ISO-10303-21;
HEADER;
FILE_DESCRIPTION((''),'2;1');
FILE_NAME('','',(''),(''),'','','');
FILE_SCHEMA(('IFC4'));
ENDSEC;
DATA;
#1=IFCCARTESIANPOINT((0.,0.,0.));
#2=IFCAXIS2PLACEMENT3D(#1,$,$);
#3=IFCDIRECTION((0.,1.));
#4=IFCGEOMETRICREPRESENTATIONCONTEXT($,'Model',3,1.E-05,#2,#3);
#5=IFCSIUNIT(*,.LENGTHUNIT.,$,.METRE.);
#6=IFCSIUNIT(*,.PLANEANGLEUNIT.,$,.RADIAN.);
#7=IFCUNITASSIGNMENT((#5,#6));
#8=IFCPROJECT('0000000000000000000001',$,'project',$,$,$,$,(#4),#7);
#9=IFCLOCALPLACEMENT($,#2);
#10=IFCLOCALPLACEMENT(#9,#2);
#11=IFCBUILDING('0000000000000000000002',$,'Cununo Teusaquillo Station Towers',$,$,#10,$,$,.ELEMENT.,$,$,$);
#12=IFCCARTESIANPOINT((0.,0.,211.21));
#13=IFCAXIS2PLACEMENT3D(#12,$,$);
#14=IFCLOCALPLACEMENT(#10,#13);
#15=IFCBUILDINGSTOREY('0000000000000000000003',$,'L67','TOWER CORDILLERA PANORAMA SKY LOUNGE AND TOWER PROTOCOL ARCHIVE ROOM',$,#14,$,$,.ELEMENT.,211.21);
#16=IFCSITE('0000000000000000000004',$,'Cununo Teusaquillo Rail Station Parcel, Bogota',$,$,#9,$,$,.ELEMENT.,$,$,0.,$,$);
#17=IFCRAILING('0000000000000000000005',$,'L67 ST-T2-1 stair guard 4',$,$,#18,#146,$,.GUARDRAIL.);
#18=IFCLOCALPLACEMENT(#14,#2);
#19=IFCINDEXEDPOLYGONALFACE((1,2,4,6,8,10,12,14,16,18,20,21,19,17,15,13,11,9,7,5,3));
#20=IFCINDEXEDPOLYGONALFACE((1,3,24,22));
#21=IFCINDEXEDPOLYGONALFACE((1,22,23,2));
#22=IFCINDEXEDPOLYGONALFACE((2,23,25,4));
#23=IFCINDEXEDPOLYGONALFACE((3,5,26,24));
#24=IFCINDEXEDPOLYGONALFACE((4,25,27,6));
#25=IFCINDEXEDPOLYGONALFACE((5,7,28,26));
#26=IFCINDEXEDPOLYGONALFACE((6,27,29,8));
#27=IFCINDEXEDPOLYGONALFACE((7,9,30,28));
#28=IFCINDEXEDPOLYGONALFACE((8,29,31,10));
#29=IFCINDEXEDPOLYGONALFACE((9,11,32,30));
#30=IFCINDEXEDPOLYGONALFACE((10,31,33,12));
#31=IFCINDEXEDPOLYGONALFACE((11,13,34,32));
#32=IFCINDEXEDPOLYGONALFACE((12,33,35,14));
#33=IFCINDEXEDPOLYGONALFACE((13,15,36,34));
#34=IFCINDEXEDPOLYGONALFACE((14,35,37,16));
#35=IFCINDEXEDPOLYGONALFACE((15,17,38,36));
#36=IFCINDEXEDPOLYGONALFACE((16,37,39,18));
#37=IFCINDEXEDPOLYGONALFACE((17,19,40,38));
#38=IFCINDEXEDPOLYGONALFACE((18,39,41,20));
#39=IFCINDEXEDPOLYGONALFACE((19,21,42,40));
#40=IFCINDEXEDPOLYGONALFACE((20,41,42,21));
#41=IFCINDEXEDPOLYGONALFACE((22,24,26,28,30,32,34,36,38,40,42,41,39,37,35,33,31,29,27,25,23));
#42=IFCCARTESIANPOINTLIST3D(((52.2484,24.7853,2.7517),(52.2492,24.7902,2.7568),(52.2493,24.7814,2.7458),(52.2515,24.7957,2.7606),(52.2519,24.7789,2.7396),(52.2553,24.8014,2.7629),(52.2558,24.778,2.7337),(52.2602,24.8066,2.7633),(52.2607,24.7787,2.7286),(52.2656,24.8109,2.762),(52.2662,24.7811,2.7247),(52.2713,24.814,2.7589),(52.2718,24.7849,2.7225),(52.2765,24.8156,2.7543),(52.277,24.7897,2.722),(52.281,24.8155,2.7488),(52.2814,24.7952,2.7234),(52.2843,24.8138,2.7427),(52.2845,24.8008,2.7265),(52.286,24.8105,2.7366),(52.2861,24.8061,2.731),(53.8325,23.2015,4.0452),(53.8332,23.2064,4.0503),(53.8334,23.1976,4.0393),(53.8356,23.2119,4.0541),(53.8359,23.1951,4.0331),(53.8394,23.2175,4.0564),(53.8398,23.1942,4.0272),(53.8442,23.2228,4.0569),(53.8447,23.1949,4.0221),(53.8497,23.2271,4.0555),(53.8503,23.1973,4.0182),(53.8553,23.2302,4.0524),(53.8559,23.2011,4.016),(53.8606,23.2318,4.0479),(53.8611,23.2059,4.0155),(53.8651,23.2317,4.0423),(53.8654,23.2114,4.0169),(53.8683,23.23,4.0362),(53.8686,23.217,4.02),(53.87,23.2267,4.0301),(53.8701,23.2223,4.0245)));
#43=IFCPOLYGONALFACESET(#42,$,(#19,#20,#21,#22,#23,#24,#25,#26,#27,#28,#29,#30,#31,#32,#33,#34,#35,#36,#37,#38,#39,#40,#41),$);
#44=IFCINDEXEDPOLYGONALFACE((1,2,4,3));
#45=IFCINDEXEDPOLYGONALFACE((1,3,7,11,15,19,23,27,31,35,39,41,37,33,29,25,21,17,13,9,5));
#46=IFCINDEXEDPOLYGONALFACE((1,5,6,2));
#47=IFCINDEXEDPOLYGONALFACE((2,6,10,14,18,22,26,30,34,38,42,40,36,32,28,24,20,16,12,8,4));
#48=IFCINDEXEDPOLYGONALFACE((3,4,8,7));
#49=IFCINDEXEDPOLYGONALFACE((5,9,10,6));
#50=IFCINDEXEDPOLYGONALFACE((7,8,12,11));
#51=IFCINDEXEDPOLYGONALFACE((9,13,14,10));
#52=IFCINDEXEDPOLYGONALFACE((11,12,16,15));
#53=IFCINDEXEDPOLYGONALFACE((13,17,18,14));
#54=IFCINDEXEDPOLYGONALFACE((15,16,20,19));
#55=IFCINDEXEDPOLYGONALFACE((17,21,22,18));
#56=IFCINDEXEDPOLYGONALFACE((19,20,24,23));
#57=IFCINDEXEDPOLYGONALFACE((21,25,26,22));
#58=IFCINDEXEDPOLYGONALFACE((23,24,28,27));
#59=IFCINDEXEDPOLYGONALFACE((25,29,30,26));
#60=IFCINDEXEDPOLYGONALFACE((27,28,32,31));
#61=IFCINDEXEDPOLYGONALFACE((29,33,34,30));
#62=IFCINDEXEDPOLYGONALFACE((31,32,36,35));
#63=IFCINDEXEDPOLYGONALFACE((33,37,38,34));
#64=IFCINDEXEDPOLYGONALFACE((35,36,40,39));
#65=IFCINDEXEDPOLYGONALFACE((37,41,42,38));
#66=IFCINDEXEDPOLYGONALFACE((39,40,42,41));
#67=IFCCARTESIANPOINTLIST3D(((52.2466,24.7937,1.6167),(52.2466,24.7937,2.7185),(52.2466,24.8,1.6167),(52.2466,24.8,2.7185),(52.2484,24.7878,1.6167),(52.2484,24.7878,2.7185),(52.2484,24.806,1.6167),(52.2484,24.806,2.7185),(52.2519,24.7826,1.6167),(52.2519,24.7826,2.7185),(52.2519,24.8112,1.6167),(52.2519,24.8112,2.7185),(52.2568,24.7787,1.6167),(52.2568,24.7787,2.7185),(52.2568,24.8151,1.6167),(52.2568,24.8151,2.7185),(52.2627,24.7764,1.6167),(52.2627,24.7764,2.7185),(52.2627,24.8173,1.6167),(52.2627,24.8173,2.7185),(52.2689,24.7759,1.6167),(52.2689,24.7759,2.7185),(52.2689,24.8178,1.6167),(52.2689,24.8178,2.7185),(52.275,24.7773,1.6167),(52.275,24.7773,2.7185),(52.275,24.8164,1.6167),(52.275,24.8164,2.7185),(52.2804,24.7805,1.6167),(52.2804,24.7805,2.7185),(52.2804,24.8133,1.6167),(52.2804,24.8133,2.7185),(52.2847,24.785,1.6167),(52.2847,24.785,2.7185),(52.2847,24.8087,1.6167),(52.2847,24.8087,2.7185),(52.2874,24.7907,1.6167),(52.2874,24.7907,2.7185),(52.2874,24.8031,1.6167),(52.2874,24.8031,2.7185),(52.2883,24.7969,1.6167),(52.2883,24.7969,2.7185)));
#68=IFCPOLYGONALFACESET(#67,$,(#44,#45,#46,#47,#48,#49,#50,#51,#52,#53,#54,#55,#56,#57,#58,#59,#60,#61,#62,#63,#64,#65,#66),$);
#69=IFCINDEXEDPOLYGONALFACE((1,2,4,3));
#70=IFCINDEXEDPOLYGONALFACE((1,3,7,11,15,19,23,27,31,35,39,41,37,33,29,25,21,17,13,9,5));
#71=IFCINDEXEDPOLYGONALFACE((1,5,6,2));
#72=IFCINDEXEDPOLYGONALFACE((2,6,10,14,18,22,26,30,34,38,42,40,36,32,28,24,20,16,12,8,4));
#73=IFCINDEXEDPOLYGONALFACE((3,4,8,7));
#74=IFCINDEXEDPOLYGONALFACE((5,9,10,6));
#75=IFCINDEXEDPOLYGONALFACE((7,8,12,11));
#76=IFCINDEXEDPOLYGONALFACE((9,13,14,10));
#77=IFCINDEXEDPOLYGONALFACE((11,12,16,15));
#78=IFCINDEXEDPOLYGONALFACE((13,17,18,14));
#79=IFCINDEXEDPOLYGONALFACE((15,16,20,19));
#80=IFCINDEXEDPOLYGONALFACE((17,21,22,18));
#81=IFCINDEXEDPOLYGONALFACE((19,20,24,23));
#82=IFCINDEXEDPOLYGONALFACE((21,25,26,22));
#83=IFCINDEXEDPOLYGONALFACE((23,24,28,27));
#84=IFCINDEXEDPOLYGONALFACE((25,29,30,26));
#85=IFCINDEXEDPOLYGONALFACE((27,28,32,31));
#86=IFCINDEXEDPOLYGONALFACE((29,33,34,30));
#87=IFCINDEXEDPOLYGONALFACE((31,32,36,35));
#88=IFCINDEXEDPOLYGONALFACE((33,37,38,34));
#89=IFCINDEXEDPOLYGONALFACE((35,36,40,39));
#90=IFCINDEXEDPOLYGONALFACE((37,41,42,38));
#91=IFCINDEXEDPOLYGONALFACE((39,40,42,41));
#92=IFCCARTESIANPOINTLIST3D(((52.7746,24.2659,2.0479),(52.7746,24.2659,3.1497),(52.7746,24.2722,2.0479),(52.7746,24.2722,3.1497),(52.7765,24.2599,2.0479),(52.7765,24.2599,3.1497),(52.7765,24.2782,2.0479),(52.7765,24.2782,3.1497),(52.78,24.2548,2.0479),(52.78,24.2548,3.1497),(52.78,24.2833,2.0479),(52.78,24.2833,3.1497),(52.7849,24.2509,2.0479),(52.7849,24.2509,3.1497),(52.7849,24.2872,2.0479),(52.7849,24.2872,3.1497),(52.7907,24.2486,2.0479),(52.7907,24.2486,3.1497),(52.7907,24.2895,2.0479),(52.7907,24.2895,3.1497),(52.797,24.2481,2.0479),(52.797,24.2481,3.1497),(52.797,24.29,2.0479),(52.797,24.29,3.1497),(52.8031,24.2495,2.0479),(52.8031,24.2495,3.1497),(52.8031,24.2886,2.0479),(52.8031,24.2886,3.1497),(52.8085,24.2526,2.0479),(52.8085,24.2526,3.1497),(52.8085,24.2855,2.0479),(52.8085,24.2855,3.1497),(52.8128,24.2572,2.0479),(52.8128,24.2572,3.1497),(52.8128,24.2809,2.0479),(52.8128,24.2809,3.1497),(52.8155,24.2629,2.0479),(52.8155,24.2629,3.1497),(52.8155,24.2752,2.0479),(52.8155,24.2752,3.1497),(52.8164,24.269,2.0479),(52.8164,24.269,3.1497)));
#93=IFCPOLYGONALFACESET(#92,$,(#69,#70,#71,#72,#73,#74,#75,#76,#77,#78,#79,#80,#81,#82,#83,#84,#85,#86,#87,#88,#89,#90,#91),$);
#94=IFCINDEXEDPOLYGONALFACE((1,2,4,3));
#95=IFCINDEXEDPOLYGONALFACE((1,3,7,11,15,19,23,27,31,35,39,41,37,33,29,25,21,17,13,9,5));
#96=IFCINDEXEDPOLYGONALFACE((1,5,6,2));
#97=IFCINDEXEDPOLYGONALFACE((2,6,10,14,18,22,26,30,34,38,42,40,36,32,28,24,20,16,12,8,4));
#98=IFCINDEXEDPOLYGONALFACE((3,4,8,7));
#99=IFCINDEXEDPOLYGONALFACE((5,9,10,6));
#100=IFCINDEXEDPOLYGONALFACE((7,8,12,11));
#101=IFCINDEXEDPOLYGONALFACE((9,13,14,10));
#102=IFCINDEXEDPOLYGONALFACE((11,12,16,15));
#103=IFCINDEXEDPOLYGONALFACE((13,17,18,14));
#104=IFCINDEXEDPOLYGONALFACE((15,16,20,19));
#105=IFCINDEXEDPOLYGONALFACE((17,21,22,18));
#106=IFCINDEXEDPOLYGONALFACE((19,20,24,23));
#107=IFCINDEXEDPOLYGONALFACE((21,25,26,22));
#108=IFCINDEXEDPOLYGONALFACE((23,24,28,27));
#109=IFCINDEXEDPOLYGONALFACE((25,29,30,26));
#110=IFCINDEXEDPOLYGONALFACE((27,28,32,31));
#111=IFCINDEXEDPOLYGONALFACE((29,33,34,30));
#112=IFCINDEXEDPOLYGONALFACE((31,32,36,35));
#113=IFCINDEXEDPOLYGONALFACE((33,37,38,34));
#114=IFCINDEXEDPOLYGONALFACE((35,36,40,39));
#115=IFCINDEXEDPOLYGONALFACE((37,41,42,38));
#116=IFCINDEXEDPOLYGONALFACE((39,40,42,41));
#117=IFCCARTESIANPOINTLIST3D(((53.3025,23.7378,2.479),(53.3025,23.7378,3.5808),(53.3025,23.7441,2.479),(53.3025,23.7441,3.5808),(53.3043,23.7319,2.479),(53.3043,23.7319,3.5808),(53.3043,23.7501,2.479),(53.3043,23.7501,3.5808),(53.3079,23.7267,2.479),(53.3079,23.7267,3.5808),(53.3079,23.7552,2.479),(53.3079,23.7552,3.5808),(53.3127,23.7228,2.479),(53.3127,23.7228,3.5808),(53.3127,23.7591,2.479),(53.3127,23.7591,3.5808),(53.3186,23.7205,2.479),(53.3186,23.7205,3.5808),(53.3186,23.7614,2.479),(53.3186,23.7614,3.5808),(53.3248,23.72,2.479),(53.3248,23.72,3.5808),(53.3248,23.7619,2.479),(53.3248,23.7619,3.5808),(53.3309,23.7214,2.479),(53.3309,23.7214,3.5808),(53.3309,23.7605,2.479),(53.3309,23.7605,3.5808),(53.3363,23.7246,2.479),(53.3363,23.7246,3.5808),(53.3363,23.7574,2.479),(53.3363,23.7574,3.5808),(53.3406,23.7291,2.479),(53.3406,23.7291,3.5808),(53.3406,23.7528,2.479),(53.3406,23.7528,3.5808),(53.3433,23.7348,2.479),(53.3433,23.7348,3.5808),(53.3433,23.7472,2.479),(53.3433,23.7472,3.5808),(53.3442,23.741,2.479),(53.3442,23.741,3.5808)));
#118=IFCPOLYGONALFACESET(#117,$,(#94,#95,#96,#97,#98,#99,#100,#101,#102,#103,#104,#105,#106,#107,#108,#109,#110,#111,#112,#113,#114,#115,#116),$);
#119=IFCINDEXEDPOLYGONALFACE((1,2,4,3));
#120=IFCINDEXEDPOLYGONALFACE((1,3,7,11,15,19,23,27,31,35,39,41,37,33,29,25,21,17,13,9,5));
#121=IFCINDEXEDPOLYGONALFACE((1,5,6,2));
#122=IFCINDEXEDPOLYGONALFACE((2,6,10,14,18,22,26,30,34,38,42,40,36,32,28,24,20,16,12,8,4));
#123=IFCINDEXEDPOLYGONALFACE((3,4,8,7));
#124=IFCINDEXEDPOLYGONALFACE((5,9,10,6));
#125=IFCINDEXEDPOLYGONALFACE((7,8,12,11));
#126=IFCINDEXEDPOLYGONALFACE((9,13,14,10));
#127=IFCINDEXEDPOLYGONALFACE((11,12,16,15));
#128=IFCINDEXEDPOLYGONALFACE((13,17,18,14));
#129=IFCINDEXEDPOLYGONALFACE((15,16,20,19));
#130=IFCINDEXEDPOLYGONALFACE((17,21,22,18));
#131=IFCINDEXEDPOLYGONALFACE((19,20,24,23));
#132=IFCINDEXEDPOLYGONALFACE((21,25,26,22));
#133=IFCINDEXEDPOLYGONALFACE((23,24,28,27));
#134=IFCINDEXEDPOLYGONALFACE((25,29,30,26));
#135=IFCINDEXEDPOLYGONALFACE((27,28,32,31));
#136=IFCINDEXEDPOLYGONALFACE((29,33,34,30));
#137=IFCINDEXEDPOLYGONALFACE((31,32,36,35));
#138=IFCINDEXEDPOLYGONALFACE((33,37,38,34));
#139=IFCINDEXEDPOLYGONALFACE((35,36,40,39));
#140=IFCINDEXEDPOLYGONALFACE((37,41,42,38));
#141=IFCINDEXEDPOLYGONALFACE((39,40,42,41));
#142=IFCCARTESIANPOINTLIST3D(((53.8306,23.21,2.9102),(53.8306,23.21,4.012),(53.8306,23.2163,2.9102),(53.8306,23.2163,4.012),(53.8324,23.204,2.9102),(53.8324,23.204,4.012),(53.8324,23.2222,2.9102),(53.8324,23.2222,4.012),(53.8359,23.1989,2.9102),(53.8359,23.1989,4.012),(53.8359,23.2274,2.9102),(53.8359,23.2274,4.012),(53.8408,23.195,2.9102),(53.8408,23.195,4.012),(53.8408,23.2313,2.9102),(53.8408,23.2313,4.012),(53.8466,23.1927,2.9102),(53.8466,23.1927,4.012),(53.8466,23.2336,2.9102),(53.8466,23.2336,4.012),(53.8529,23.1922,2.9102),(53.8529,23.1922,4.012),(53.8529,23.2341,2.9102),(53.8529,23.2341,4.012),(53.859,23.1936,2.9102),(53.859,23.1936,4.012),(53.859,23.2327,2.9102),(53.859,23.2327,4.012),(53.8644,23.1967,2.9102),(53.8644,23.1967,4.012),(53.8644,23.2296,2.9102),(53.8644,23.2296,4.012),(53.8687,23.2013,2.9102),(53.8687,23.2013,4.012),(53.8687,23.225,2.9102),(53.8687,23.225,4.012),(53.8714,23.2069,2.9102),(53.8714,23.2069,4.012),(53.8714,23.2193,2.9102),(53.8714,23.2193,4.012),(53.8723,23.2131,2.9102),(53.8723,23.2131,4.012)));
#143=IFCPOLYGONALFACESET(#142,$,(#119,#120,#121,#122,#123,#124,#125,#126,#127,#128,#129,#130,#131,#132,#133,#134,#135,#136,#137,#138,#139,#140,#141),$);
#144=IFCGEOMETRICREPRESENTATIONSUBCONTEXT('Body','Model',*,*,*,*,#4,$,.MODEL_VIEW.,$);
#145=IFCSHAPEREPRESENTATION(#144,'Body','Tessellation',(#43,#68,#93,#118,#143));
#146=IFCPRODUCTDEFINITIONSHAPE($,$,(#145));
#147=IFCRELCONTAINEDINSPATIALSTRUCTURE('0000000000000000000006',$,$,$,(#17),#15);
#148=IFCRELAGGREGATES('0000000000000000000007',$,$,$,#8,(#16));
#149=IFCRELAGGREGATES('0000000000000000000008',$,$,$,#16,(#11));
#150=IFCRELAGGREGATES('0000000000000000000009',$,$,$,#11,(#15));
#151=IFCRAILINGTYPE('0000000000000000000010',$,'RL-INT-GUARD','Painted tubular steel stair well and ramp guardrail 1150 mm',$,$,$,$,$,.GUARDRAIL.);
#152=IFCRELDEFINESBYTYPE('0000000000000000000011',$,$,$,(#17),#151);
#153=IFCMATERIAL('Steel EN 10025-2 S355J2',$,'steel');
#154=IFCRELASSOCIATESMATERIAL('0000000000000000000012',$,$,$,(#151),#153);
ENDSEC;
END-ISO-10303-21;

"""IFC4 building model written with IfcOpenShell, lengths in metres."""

from ifc_helpers import new_model, si_unit, direction, frame, origin, origin_2d, place, context, subcontext, project, spatial, circle, extrude, material, type_object, element, save


model = new_model("IFC4")

# Units and contexts
model_context = context("Model", 3, precision=1e-05, world=origin(), true_north=direction((0.0, 1.0)))
body_context = subcontext(model_context, "Body", "Model", "MODEL_VIEW")
ifc_project = project(units=[si_unit("LENGTHUNIT", "METRE"), si_unit("PLANEANGLEUNIT", "RADIAN")], contexts=[model_context])

# Site, building, storey
site_placement = place(None, origin())
site = spatial("IfcSite", under=ifc_project, at=site_placement, Name="Cununo Teusaquillo Rail Station Parcel, Bogota", CompositionType="ELEMENT", RefElevation=0.0)
building_placement = place(site_placement, origin())
building = spatial("IfcBuilding", under=site, at=building_placement, Name="Cununo Teusaquillo Station Towers", CompositionType="ELEMENT")
storey_placement = place(building_placement, frame((0.0, 0.0, 211.21)))
storey = spatial("IfcBuildingStorey", under=building, at=storey_placement, Name="L67", Description="TOWER CORDILLERA PANORAMA SKY LOUNGE AND TOWER PROTOCOL ARCHIVE ROOM", CompositionType="ELEMENT", Elevation=211.21)

# Railing
ifc_material_1 = material(Name="Steel EN 10025-2 S355J2", Category="steel")
railing_type_1 = type_object("IfcRailingType", Name="RL-INT-GUARD", Description="Painted tubular steel stair well and ramp guardrail 1150 mm", PredefinedType="GUARDRAIL", material=ifc_material_1)
railing_1_placement = place(storey_placement, frame((52.2673, 24.7969, 1.6167)))
element("IfcRailing", 1, at=railing_1_placement, inside=storey, type_object=railing_type_1, Name="L67 ST-T2-1 stair guard 4", PredefinedType="GUARDRAIL", context=body_context, shape_type="SweptSolid", body=[
    extrude(circle(Radius=0.0239, at=origin_2d()), frame((0.0, 0.0, 1.126), z_axis=(0.612391, -0.612297, 0.500069), x_axis=(0.707052, 0.707161, 0.0)), (0.0, 0.0, 1.0), 2.5867),
    extrude(circle(Radius=0.021, at=origin_2d()), origin(), (0.0, 0.0, 1.0), 1.1018),
    extrude(circle(Radius=0.021, at=origin_2d()), frame((0.5281, -0.5278, 0.4312)), (0.0, 0.0, 1.0), 1.1018),
    extrude(circle(Radius=0.021, at=origin_2d()), frame((1.0559, -1.0559, 0.8623)), (0.0, 0.0, 1.0), 1.1018),
    extrude(circle(Radius=0.021, at=origin_2d()), frame((1.584, -1.5837, 1.2935)), (0.0, 0.0, 1.0), 1.1018),
])

save(model, "model.ifc")
